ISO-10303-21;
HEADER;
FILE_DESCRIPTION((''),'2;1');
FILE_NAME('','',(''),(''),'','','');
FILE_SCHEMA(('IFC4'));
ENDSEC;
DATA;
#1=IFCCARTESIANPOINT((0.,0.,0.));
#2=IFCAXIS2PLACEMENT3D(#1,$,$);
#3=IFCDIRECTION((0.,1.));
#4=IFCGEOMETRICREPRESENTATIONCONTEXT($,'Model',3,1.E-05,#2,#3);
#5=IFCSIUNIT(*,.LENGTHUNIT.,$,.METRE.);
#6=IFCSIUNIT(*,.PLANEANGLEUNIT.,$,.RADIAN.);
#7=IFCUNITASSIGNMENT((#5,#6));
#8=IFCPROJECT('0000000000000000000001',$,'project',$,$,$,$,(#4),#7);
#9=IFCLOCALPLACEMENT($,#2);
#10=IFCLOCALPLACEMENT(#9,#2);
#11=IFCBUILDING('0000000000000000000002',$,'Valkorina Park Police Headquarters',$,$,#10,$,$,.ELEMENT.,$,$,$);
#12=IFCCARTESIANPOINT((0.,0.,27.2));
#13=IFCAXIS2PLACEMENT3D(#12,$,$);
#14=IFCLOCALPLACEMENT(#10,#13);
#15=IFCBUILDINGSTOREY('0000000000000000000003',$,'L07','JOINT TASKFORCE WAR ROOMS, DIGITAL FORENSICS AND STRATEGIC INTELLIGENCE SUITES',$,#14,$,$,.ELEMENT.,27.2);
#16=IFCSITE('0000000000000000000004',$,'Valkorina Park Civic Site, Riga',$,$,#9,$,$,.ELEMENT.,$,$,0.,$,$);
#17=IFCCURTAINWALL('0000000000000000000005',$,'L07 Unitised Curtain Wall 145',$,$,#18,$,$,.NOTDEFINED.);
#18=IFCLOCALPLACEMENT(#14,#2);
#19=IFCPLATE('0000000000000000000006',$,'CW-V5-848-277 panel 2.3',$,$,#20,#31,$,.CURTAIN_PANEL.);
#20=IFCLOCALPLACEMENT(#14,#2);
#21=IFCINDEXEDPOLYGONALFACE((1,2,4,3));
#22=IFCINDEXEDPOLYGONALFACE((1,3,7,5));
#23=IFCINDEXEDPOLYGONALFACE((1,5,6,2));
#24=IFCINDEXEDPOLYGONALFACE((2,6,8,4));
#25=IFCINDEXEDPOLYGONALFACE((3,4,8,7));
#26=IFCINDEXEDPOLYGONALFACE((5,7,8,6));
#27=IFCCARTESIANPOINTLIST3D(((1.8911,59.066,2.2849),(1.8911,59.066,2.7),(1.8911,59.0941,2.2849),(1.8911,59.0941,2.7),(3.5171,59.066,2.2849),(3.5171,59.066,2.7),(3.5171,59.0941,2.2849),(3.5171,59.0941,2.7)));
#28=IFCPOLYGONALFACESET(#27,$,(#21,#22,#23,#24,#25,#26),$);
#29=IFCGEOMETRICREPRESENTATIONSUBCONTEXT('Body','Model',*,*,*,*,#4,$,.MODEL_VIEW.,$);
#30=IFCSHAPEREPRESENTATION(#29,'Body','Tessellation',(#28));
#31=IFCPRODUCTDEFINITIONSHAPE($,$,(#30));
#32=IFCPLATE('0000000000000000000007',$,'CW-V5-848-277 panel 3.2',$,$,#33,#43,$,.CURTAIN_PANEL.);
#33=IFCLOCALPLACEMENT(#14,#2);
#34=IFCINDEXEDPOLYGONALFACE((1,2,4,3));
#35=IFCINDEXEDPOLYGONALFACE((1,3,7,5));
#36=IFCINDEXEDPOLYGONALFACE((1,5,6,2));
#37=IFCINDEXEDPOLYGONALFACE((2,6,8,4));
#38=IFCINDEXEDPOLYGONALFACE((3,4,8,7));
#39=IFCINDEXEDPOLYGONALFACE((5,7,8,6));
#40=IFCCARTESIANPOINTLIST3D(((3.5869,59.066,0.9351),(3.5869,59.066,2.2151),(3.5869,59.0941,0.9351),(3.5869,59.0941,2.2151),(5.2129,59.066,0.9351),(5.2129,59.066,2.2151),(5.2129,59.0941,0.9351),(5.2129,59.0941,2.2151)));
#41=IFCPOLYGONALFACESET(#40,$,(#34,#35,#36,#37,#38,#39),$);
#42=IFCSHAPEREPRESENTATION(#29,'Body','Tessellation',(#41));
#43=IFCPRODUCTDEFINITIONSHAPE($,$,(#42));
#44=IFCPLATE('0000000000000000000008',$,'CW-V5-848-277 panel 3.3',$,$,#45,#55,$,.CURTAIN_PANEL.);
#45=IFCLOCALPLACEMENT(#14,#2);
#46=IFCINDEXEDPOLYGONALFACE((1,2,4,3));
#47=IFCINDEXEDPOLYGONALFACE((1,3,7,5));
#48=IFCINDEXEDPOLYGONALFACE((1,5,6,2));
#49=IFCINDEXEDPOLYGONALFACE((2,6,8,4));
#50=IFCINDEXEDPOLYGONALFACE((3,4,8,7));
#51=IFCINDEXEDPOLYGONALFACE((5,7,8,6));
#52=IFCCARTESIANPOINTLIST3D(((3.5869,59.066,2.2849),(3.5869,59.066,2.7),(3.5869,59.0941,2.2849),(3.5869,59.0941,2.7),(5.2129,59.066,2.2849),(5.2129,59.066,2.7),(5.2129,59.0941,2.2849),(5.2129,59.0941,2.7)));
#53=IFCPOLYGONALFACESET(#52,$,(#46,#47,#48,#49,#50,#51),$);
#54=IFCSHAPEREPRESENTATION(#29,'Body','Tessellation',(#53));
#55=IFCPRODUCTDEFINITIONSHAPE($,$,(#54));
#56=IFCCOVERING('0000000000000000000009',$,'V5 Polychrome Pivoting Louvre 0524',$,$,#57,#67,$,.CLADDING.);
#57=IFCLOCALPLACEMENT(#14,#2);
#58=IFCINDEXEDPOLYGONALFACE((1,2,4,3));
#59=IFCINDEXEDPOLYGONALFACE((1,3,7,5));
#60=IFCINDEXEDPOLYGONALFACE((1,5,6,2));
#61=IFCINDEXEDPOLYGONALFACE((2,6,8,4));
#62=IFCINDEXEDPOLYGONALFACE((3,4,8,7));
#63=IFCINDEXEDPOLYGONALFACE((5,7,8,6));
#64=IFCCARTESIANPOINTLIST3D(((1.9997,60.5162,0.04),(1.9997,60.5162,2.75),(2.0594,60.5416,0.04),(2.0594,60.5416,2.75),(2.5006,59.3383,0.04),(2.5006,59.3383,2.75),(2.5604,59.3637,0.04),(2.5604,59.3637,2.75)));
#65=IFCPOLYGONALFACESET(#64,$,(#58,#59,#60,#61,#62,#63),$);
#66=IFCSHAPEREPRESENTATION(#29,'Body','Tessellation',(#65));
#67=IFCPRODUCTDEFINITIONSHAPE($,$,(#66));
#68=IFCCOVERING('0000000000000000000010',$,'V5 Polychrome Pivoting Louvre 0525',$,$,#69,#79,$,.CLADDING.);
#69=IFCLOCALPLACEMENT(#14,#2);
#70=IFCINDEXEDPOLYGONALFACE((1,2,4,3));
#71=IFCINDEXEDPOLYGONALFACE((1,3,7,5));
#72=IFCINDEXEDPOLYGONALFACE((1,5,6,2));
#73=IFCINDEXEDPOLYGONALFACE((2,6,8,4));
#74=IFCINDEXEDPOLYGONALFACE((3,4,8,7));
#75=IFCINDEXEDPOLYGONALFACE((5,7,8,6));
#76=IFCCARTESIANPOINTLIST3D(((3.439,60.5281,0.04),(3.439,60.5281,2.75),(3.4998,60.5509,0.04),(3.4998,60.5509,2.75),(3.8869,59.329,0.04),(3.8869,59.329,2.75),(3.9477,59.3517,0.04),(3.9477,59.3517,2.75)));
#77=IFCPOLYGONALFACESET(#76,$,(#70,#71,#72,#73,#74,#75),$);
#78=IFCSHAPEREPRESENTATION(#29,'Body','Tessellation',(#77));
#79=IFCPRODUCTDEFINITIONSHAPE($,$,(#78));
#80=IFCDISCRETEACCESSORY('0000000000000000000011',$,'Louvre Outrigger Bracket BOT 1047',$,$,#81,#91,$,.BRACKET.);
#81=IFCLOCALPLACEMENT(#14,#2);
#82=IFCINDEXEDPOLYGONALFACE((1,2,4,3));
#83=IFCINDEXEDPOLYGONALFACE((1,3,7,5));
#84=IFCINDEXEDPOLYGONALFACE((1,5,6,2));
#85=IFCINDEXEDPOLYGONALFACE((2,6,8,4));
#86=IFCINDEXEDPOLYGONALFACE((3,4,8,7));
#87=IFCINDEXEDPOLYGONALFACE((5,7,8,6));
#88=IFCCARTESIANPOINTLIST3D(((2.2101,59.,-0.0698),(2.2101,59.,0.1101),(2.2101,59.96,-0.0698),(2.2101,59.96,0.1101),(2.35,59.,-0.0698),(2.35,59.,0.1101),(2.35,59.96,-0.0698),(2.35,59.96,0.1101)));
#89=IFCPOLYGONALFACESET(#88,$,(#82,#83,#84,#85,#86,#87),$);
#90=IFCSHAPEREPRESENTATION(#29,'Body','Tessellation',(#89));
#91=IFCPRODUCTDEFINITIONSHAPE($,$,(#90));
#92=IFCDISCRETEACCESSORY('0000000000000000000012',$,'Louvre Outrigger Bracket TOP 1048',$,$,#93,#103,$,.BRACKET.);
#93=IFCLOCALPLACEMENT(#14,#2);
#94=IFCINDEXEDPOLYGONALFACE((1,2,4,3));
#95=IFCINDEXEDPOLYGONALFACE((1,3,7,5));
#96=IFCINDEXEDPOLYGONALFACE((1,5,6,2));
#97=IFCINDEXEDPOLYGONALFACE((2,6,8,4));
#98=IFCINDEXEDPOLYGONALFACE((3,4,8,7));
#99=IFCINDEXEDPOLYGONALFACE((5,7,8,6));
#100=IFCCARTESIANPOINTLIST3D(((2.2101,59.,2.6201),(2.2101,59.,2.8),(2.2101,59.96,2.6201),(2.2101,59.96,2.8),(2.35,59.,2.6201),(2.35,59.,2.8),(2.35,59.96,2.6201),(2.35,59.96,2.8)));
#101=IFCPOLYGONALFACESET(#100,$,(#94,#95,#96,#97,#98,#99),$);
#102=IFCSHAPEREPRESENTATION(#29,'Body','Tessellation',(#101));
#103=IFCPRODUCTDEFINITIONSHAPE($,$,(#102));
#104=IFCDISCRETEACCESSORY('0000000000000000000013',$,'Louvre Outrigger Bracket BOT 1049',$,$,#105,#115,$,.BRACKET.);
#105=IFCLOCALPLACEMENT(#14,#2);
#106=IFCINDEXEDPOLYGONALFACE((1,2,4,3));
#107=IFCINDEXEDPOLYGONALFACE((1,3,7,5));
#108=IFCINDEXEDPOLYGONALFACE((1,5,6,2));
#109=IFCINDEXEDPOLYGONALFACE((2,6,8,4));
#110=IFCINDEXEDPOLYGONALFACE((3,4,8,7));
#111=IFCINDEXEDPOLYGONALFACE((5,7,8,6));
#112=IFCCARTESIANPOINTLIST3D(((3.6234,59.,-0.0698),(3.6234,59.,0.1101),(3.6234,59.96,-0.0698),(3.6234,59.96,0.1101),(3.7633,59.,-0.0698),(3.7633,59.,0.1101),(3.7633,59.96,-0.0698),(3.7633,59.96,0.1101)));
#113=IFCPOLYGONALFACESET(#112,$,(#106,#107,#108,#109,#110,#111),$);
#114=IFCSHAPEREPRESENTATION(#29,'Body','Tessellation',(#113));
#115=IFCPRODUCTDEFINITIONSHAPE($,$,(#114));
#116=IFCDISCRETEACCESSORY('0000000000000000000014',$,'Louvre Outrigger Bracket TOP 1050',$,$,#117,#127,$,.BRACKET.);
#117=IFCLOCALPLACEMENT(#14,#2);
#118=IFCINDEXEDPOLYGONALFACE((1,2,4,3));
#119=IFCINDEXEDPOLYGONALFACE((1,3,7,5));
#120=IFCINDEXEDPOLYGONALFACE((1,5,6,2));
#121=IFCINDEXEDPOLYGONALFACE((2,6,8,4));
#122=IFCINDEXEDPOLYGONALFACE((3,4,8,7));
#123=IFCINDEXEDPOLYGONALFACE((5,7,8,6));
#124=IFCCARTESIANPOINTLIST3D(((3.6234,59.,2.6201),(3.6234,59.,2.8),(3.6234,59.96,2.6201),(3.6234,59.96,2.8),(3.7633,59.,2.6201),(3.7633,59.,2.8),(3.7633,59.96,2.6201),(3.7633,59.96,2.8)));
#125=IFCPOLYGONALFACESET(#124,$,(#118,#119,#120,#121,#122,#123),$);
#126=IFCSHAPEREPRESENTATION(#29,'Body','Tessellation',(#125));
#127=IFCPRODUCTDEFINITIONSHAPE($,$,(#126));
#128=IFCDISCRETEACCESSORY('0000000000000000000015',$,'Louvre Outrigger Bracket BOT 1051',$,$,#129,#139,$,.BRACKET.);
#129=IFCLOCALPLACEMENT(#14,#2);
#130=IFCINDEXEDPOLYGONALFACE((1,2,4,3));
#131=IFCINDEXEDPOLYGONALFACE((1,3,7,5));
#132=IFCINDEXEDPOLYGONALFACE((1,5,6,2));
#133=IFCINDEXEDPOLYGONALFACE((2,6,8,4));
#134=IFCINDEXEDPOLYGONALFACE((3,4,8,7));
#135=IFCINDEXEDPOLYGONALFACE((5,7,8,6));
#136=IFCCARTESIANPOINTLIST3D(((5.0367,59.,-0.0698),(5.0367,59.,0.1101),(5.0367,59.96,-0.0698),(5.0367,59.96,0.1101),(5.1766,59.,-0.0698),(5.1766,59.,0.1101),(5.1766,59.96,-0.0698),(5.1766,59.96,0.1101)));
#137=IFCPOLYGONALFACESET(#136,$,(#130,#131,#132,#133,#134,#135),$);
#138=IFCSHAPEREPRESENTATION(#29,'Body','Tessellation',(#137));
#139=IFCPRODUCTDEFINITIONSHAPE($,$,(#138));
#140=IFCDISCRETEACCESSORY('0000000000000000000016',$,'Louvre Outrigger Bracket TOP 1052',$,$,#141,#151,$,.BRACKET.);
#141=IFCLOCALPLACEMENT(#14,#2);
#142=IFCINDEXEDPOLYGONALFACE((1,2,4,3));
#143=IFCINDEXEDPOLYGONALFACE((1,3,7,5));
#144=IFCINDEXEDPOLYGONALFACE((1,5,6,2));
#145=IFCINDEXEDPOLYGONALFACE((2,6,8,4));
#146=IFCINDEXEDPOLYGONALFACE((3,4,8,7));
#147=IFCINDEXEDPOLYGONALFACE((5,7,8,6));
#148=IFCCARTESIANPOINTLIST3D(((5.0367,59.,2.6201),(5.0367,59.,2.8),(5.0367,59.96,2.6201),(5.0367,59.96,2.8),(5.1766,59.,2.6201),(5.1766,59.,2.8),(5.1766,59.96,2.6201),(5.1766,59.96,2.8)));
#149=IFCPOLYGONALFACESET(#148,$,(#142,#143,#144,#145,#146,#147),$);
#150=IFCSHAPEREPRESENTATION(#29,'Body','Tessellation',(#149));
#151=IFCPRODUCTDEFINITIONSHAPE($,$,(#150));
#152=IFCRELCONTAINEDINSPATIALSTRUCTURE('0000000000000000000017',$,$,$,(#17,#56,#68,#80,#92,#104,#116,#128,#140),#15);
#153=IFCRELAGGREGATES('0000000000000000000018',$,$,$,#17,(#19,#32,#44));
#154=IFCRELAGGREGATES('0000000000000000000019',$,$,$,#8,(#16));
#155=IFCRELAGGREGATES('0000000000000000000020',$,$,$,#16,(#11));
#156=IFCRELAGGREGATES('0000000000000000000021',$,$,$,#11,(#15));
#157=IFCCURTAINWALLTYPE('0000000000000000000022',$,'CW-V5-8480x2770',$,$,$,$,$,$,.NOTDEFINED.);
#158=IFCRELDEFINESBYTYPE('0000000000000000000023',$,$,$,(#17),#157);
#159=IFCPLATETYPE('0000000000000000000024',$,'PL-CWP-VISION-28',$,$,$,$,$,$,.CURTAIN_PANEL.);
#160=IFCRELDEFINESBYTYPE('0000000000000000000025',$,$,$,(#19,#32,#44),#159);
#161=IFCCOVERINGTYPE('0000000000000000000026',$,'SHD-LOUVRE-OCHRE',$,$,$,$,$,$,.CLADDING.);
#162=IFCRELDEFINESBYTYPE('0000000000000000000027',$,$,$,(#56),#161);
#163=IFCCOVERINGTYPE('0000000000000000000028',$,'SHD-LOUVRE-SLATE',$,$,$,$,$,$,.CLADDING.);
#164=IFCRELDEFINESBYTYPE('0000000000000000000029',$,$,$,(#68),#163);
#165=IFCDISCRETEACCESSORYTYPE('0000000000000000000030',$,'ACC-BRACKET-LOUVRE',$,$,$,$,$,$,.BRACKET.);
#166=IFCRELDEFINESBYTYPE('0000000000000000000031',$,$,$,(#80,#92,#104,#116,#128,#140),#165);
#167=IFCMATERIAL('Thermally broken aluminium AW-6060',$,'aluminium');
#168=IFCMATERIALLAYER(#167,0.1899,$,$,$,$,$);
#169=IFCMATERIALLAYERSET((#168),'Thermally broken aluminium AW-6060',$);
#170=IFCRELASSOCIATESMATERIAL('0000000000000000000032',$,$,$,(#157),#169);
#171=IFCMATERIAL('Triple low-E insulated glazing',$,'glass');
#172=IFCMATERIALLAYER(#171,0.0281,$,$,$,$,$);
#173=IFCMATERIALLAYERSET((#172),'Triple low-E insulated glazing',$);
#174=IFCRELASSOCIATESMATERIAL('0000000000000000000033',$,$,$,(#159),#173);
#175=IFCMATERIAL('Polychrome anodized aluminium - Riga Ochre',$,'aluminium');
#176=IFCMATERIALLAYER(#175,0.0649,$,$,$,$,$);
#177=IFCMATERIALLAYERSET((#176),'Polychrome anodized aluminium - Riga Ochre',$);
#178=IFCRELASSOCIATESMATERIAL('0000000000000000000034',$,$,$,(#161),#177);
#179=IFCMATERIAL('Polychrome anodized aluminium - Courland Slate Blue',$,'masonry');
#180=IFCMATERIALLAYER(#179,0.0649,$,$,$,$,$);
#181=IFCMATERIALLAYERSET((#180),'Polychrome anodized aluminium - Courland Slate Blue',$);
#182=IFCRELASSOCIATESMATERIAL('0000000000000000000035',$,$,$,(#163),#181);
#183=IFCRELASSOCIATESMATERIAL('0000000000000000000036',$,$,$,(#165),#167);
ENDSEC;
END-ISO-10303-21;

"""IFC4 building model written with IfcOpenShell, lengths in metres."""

from ifc_helpers import new_model, si_unit, direction, frame, origin, origin_2d, place, context, subcontext, project, spatial, rectangle, extrude, material, layer, layer_set, type_object, element, aggregate, save


model = new_model("IFC4")

# Units and contexts
model_context = context("Model", 3, precision=1e-05, world=origin(), true_north=direction((0.0, 1.0)))
body_context = subcontext(model_context, "Body", "Model", "MODEL_VIEW")
ifc_project = project(units=[si_unit("LENGTHUNIT", "METRE"), si_unit("PLANEANGLEUNIT", "RADIAN")], contexts=[model_context])

# Site, building, storey
site_placement = place(None, origin())
site = spatial("IfcSite", under=ifc_project, at=site_placement, Name="Valkorina Park Civic Site, Riga", CompositionType="ELEMENT", RefElevation=0.0)
building_placement = place(site_placement, origin())
building = spatial("IfcBuilding", under=site, at=building_placement, Name="Valkorina Park Police Headquarters", CompositionType="ELEMENT")
storey_placement = place(building_placement, frame((0.0, 0.0, 27.2)))
storey = spatial("IfcBuildingStorey", under=building, at=storey_placement, Name="L07", Description="JOINT TASKFORCE WAR ROOMS, DIGITAL FORENSICS AND STRATEGIC INTELLIGENCE SUITES", CompositionType="ELEMENT", Elevation=27.2)

# Curtain wall, plates
ifc_material_1 = material(Name="Thermally broken aluminium AW-6060", Category="aluminium")
ifc_layer_1 = layer(ifc_material_1, 0.1899)
ifc_layer_set_1 = layer_set([ifc_layer_1], Name="Thermally broken aluminium AW-6060")
curtain_wall_type = type_object("IfcCurtainWallType", Name="CW-V5-8480x2770", PredefinedType="NOTDEFINED", material=ifc_layer_set_1)
curtain_wall_placement = place(storey_placement, origin())
curtain_wall = element("IfcCurtainWall", 1, at=curtain_wall_placement, inside=storey, type_object=curtain_wall_type, Name="L07 Unitised Curtain Wall 145", PredefinedType="NOTDEFINED")
ifc_material_2 = material(Name="Triple low-E insulated glazing", Category="glass")
ifc_layer_2 = layer(ifc_material_2, 0.0281)
ifc_layer_set_2 = layer_set([ifc_layer_2], Name="Triple low-E insulated glazing")
plate_type_1 = type_object("IfcPlateType", Name="PL-CWP-VISION-28", PredefinedType="CURTAIN_PANEL", material=ifc_layer_set_2)
plate_1_placement = place(storey_placement, frame((2.7041, 59.0801, 2.2849), z_axis=(0.0, 0.0, 1.0), x_axis=(1.0, 0.0, 0.0)))
plate_1 = element("IfcPlate", 2, at=plate_1_placement, type_object=plate_type_1, Name="CW-V5-848-277 panel 2.3", PredefinedType="CURTAIN_PANEL", context=body_context, shape_type="SweptSolid", body=[
    extrude(rectangle(XDim=1.626, YDim=0.0281, at=origin_2d()), origin(), (0.0, 0.0, 1.0), 0.415),
])
plate_2_placement = place(storey_placement, frame((4.3999, 59.0801, 0.9351), z_axis=(0.0, 0.0, 1.0), x_axis=(1.0, 0.0, 0.0)))
plate_2 = element("IfcPlate", 3, at=plate_2_placement, type_object=plate_type_1, Name="CW-V5-848-277 panel 3.2", PredefinedType="CURTAIN_PANEL", context=body_context, shape_type="SweptSolid", body=[
    extrude(rectangle(XDim=1.626, YDim=0.0281, at=origin_2d()), origin(), (0.0, 0.0, 1.0), 1.28),
])
plate_3_placement = place(storey_placement, frame((4.3999, 59.0801, 2.2849), z_axis=(0.0, 0.0, 1.0), x_axis=(1.0, 0.0, 0.0)))
plate_3 = element("IfcPlate", 4, at=plate_3_placement, type_object=plate_type_1, Name="CW-V5-848-277 panel 3.3", PredefinedType="CURTAIN_PANEL", context=body_context, shape_type="SweptSolid", body=[
    extrude(rectangle(XDim=1.626, YDim=0.0281, at=origin_2d()), origin(), (0.0, 0.0, 1.0), 0.415),
])
aggregate(curtain_wall, [plate_1, plate_2, plate_3])

# Coverings
ifc_material_3 = material(Name="Polychrome anodized aluminium - Riga Ochre", Category="aluminium")
ifc_layer_3 = layer(ifc_material_3, 0.0649)
ifc_layer_set_3 = layer_set([ifc_layer_3], Name="Polychrome anodized aluminium - Riga Ochre")
covering_type_1 = type_object("IfcCoveringType", Name="SHD-LOUVRE-OCHRE", PredefinedType="CLADDING", material=ifc_layer_set_3)
covering_1_placement = place(storey_placement, frame((2.28, 59.9399, 0.04), z_axis=(0.0, 0.0, 1.0), x_axis=(-0.391374, 0.920232, 0.0)))
element("IfcCovering", 5, at=covering_1_placement, inside=storey, type_object=covering_type_1, Name="V5 Polychrome Pivoting Louvre 0524", PredefinedType="CLADDING", context=body_context, shape_type="SweptSolid", body=[
    extrude(rectangle(XDim=1.28, YDim=0.0649, at=origin_2d()), origin(), (0.0, 0.0, 1.0), 2.71),
])
ifc_material_4 = material(Name="Polychrome anodized aluminium - Courland Slate Blue", Category="masonry")
ifc_layer_4 = layer(ifc_material_4, 0.0649)
ifc_layer_set_4 = layer_set([ifc_layer_4], Name="Polychrome anodized aluminium - Courland Slate Blue")
covering_type_2 = type_object("IfcCoveringType", Name="SHD-LOUVRE-SLATE", PredefinedType="CLADDING", material=ifc_layer_set_4)
covering_2_placement = place(storey_placement, frame((3.6934, 59.9399, 0.04), z_axis=(0.0, 0.0, 1.0), x_axis=(-0.34988, 0.936794, 0.0)))
element("IfcCovering", 6, at=covering_2_placement, inside=storey, type_object=covering_type_2, Name="V5 Polychrome Pivoting Louvre 0525", PredefinedType="CLADDING", context=body_context, shape_type="SweptSolid", body=[
    extrude(rectangle(XDim=1.28, YDim=0.0649, at=origin_2d()), origin(), (0.0, 0.0, 1.0), 2.71),
])

# Discrete accessories
discrete_accessory_type = type_object("IfcDiscreteAccessoryType", Name="ACC-BRACKET-LOUVRE", PredefinedType="BRACKET", material=ifc_material_1)
for number, where, z_axis, x_axis, name in (
    (7, (2.28, 59.48, -0.0698), (0.0, 0.0, 1.0), (0.0, 1.0, 0.0), "Louvre Outrigger Bracket BOT 1047"),
    (8, (2.28, 59.48, 2.6201), (0.0, 0.0, 1.0), (0.0, 1.0, 0.0), "Louvre Outrigger Bracket TOP 1048"),
    (9, (3.6934, 59.48, -0.0698), (0.0, 0.0, 1.0), (0.0, 1.0, 0.0), "Louvre Outrigger Bracket BOT 1049"),
    (10, (3.6934, 59.48, 2.6201), (0.0, 0.0, 1.0), (0.0, 1.0, 0.0), "Louvre Outrigger Bracket TOP 1050"),
    (11, (5.1067, 59.48, -0.0698), (0.0, 0.0, 1.0), (0.0, 1.0, 0.0), "Louvre Outrigger Bracket BOT 1051"),
    (12, (5.1067, 59.48, 2.6201), (0.0, 0.0, 1.0), (0.0, 1.0, 0.0), "Louvre Outrigger Bracket TOP 1052"),
):
    element("IfcDiscreteAccessory", number, at=place(storey_placement, frame(where, z_axis=z_axis, x_axis=x_axis)), inside=storey, type_object=discrete_accessory_type, Name=name, PredefinedType="BRACKET", context=body_context, shape_type="SweptSolid", body=[
        extrude(rectangle(XDim=0.96, YDim=0.1399, at=origin_2d()), origin(), (0.0, 0.0, 1.0), 0.1799),
    ])

save(model, "model.ifc")
